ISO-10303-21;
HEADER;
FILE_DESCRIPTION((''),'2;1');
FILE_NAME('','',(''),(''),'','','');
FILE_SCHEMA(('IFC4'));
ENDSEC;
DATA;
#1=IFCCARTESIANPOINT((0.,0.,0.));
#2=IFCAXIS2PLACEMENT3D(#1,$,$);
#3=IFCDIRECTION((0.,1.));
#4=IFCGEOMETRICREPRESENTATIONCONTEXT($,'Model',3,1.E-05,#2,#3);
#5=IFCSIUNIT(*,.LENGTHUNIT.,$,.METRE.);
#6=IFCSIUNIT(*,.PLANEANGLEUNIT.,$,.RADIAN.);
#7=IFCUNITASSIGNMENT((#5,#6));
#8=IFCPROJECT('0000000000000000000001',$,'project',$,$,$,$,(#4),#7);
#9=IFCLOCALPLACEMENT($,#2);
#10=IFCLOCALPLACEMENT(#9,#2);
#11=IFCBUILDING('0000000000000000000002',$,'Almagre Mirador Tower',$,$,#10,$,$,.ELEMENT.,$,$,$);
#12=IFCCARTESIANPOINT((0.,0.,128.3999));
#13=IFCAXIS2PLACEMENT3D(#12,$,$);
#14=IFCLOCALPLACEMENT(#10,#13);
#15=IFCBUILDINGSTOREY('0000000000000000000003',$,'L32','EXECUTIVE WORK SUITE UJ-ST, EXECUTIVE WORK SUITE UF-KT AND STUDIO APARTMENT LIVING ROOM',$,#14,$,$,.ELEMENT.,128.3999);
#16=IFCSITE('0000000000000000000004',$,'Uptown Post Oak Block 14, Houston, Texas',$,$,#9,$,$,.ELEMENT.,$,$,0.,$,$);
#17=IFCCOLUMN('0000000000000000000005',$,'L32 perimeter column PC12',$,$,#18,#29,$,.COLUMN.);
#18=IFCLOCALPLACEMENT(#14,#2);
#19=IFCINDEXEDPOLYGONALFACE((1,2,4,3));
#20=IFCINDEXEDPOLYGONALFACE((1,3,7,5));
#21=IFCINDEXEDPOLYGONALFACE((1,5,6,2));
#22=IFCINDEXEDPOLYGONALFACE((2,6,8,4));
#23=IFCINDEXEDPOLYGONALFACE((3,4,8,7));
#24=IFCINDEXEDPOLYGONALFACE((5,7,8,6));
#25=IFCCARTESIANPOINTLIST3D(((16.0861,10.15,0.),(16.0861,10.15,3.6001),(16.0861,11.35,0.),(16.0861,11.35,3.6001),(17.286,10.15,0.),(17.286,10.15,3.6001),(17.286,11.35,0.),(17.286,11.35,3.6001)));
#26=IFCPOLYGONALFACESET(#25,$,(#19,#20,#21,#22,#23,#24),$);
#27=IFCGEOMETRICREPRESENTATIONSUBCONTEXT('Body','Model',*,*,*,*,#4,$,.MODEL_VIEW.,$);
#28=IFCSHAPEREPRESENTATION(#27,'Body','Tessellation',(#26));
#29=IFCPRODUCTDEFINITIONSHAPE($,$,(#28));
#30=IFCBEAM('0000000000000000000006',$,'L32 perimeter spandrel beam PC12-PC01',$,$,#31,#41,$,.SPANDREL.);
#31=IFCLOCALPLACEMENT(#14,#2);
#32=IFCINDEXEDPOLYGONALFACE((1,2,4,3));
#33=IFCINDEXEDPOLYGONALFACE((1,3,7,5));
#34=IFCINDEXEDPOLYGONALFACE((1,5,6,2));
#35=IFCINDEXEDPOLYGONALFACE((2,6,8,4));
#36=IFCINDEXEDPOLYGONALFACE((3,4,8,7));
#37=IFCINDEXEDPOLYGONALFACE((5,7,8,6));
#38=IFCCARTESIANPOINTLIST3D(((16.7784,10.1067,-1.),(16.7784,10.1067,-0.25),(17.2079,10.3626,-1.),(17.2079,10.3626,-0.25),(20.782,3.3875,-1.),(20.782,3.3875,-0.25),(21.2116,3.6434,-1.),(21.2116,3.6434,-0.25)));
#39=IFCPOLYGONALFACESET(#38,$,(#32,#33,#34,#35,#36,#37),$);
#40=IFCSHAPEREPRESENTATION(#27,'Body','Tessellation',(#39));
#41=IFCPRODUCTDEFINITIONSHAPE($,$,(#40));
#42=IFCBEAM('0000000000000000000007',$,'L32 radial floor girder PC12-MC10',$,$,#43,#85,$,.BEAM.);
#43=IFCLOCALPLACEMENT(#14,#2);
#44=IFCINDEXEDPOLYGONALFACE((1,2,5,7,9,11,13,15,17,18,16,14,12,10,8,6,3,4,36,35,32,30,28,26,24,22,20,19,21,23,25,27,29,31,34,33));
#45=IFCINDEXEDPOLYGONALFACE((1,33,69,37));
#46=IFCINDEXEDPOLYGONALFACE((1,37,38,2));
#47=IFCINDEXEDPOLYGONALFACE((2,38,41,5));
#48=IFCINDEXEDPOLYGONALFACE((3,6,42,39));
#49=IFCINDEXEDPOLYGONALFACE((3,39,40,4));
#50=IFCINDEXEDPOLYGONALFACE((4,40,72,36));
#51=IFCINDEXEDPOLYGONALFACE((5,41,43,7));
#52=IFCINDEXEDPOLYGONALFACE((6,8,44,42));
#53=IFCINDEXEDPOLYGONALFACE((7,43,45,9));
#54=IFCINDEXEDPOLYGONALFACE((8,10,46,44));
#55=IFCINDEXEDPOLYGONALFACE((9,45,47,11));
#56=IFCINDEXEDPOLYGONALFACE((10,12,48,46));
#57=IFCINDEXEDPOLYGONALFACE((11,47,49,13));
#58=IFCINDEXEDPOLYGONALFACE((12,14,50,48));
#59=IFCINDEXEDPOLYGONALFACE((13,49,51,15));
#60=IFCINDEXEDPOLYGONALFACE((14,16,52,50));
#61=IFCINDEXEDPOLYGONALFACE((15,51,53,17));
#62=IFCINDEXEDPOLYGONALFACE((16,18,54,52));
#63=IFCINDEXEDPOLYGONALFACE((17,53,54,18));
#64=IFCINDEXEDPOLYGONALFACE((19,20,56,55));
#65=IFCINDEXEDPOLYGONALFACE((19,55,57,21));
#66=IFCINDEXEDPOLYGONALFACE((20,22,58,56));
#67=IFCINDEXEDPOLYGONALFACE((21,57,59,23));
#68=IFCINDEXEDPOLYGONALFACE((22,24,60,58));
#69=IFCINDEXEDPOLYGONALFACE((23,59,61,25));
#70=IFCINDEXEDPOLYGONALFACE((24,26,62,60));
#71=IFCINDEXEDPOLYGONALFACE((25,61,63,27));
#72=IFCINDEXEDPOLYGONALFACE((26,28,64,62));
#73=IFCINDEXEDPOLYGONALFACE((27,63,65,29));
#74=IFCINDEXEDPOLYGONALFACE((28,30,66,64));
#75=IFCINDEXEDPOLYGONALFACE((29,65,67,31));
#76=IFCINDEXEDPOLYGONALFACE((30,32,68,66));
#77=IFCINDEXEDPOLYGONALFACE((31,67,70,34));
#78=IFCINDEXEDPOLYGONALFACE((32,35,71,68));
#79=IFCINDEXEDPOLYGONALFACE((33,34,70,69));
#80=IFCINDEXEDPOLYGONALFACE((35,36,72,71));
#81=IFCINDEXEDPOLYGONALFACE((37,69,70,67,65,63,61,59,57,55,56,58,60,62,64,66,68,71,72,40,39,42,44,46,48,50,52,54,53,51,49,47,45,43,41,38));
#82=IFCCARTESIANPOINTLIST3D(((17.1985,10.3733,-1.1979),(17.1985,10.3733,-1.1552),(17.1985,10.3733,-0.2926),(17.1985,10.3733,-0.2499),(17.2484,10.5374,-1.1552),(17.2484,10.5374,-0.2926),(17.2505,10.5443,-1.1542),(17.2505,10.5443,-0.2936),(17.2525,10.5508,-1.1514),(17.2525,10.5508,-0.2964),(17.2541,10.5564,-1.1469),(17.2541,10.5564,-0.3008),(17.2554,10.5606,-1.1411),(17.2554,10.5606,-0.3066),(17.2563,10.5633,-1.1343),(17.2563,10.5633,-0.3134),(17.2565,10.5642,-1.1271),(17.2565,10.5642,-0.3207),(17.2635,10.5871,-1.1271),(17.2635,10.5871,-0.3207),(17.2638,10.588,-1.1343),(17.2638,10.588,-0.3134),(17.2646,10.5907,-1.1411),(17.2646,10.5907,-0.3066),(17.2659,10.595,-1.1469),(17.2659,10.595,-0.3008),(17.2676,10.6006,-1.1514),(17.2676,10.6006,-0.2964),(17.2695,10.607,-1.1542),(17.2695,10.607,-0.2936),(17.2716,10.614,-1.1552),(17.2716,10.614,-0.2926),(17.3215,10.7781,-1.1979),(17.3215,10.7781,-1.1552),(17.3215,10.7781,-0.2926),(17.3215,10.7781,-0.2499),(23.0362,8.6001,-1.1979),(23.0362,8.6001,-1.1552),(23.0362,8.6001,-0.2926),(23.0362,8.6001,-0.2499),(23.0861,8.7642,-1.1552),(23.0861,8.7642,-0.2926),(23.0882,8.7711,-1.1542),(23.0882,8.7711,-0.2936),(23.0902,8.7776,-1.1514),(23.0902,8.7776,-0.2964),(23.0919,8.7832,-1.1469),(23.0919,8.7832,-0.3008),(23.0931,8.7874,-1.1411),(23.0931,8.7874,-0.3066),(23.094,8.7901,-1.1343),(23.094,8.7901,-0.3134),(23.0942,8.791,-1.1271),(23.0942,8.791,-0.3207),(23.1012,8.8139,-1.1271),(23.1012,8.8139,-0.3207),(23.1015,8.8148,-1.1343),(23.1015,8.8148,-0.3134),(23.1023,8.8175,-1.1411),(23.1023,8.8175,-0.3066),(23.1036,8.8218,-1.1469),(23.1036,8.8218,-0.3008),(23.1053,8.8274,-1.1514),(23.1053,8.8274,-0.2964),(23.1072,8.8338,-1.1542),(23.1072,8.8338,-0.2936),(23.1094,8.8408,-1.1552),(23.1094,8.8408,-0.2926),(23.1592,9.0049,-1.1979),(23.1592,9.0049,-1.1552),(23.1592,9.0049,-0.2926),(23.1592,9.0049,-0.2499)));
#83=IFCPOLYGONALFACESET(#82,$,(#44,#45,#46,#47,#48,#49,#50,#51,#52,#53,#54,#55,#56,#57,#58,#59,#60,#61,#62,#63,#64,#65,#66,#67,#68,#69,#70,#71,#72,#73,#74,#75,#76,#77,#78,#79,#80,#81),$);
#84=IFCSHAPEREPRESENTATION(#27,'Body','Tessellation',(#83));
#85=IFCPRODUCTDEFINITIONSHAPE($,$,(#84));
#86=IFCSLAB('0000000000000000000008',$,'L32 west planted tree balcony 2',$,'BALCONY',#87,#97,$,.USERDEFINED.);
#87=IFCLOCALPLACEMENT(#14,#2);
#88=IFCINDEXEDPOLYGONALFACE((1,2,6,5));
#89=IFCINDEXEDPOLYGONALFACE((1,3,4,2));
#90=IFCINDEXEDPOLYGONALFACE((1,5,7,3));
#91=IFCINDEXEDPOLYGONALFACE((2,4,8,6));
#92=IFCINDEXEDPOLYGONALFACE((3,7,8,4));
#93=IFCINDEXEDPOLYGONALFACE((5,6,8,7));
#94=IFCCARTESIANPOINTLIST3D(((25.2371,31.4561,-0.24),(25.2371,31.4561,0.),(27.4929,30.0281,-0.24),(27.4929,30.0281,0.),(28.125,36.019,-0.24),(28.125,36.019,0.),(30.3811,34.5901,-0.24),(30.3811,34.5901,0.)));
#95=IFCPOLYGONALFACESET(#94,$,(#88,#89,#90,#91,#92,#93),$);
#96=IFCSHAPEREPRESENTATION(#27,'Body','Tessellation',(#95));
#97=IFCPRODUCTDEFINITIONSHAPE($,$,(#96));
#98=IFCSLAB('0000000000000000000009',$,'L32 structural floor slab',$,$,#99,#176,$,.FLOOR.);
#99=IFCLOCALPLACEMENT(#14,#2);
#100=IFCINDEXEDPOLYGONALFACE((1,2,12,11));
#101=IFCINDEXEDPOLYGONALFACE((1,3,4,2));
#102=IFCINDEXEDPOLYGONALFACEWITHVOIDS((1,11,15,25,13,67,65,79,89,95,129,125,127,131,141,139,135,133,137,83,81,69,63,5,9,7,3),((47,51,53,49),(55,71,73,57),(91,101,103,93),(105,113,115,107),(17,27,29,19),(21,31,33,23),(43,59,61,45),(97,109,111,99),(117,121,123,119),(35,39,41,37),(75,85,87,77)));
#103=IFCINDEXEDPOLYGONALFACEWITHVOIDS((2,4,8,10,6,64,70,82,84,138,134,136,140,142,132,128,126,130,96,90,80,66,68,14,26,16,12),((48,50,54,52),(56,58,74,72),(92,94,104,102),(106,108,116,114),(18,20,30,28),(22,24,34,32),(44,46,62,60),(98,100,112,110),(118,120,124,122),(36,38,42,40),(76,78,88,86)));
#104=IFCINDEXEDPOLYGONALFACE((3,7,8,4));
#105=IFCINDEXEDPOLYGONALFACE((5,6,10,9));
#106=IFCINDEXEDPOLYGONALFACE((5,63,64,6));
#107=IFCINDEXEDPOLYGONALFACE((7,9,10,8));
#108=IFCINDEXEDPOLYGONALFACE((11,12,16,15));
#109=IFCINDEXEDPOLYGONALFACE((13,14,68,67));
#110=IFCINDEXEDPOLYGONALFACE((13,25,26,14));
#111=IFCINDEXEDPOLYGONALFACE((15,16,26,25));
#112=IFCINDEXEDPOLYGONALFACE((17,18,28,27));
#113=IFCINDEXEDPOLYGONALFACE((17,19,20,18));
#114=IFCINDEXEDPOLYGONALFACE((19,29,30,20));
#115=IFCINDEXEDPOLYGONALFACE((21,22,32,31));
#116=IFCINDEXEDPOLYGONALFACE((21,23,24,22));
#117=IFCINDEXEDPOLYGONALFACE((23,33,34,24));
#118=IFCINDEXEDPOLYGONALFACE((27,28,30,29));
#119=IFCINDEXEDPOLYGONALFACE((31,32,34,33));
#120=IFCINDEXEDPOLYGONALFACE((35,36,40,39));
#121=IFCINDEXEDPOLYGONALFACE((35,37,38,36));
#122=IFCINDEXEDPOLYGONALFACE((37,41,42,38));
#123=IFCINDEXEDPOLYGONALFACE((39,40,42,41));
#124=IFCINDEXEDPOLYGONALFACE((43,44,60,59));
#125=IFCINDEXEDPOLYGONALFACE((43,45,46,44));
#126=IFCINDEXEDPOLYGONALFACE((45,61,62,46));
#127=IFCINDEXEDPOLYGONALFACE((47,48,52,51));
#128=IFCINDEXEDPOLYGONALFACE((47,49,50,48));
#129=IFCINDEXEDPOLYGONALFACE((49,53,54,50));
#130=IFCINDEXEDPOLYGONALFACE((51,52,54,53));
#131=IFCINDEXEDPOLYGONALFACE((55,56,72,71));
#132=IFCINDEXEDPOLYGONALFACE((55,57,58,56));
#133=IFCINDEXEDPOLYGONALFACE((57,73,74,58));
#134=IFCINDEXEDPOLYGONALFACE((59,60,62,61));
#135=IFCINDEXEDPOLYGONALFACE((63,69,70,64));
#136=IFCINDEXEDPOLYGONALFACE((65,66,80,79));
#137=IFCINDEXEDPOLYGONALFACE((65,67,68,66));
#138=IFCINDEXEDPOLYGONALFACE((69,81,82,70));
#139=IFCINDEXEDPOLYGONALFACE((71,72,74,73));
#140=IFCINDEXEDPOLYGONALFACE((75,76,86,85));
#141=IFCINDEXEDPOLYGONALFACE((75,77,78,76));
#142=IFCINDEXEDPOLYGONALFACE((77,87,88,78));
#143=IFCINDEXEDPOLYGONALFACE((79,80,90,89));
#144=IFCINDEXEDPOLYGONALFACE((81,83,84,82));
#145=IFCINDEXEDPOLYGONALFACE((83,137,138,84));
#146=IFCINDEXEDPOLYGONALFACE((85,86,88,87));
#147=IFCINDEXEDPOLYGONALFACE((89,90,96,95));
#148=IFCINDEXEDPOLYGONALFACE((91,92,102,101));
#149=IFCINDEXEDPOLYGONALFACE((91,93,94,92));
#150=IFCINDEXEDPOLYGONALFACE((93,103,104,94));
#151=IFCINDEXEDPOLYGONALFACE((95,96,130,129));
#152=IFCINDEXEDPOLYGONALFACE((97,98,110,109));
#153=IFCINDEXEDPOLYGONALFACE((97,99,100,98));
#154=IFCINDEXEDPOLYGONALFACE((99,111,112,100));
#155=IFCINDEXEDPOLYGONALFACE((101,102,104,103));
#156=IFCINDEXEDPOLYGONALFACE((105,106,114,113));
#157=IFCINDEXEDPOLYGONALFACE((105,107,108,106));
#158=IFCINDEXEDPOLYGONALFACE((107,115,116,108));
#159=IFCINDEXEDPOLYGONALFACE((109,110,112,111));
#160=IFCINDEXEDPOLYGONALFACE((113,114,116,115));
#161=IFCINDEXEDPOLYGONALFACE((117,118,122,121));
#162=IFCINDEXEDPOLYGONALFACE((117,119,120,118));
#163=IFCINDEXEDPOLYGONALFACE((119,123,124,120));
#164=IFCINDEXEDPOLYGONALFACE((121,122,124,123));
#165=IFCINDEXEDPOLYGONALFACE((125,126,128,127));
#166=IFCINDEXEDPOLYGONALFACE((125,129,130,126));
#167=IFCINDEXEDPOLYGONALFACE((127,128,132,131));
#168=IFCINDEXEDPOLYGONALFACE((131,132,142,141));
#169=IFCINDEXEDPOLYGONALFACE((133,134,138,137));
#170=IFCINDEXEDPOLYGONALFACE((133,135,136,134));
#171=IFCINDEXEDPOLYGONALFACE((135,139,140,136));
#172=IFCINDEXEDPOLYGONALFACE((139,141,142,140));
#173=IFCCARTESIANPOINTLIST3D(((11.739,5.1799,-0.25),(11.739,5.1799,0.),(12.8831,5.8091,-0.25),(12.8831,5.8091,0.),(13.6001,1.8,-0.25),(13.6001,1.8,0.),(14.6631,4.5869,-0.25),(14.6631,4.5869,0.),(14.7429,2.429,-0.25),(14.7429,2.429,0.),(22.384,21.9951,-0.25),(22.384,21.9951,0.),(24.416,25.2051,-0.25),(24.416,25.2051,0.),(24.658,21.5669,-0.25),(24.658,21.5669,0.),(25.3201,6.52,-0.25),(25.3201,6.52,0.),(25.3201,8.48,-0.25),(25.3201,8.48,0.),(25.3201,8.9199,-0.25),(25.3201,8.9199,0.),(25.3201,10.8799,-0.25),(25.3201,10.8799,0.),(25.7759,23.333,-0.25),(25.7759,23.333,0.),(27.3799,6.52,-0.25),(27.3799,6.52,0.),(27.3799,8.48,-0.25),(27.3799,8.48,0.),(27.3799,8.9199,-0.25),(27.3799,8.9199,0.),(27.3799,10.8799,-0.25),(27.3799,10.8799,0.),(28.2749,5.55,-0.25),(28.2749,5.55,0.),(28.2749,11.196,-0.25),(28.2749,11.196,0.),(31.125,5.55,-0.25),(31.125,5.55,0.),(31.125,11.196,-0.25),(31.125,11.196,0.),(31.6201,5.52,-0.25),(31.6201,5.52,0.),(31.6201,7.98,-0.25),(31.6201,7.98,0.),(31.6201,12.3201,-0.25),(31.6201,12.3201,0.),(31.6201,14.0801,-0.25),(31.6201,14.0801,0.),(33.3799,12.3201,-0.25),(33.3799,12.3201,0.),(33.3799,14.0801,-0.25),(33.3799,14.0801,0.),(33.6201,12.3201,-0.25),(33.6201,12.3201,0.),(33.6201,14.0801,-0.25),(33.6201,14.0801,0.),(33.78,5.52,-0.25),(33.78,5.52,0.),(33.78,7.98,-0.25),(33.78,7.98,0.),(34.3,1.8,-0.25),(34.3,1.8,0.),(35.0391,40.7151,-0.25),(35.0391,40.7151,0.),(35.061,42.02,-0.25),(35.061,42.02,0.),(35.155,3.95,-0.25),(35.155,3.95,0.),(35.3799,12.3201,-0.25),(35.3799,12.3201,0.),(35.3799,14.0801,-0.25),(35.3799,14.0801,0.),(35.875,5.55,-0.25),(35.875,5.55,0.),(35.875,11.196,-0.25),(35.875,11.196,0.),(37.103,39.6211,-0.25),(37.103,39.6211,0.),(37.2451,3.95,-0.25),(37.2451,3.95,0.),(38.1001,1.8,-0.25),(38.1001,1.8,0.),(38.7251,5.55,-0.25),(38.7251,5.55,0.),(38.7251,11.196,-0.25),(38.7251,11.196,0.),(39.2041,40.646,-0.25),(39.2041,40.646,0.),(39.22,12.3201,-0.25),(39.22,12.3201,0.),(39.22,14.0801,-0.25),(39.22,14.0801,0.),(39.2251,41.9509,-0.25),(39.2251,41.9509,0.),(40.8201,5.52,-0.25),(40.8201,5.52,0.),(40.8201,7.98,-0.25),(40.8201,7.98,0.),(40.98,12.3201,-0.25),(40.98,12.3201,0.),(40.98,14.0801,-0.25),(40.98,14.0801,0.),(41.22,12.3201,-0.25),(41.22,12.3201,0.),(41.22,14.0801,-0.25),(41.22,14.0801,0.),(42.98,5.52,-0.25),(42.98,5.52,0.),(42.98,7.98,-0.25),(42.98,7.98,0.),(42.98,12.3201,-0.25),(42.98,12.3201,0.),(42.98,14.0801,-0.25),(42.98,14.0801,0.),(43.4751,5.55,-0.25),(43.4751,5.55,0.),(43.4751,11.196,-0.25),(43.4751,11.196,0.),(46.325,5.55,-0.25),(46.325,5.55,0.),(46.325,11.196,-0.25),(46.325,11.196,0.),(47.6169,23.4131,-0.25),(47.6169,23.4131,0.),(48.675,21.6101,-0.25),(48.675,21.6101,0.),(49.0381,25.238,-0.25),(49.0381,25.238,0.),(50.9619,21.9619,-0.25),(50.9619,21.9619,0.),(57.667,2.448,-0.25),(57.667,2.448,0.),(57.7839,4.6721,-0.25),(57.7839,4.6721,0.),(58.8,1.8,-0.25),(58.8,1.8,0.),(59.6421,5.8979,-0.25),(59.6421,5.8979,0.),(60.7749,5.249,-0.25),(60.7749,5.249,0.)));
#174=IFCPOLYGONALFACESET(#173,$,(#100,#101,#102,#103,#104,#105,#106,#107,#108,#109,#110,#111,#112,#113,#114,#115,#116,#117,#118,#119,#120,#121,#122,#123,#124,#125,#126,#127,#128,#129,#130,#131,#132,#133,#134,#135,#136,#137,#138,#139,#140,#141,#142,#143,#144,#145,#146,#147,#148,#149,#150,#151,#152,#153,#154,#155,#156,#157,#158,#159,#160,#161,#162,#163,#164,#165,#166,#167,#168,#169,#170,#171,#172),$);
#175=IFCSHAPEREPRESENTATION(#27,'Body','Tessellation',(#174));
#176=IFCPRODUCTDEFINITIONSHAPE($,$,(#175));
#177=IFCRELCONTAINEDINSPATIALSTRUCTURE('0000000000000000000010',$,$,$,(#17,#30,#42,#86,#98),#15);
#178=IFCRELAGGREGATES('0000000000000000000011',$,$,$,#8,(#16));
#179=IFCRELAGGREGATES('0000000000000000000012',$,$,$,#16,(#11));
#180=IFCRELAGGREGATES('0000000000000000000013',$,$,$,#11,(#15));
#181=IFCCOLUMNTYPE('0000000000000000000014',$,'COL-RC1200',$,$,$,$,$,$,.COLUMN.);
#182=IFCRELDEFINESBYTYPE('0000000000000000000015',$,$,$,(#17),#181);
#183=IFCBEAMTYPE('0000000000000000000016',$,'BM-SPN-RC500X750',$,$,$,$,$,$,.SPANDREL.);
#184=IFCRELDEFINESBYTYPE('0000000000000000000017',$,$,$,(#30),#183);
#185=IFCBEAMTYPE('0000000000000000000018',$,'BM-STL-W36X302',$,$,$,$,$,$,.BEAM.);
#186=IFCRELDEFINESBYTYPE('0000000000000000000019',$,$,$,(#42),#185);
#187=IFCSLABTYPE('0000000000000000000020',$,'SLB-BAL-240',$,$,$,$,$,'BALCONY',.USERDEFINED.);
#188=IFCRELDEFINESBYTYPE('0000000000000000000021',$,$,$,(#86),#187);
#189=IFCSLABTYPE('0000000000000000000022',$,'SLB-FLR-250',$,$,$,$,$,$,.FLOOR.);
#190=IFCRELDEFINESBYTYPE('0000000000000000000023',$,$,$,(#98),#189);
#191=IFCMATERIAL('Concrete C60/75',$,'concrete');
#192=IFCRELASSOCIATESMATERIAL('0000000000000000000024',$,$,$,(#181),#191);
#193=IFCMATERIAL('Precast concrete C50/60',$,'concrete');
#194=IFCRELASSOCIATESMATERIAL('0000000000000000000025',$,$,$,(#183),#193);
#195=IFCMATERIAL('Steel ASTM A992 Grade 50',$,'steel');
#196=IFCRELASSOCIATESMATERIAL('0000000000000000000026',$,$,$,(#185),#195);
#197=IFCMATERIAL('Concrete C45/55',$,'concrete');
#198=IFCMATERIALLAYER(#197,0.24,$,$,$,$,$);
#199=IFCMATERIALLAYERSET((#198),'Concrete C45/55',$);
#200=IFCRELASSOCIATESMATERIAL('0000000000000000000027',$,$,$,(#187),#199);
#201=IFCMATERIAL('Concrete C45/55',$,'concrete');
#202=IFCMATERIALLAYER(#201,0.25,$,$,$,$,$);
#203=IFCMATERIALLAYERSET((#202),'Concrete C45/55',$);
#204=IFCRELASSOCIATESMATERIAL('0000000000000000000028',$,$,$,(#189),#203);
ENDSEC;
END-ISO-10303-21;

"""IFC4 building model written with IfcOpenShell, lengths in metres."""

from ifc_helpers import new_model, si_unit, direction, frame, origin, origin_2d, place, context, subcontext, project, spatial, polyline, rectangle, i_section, outline, extrude, material, layer, layer_set, material_profile, profile_set, type_object, element, save


model = new_model("IFC4")

# Units and contexts
model_context = context("Model", 3, precision=1e-05, world=origin(), true_north=direction((0.0, 1.0)))
body_context = subcontext(model_context, "Body", "Model", "MODEL_VIEW")
ifc_project = project(units=[si_unit("LENGTHUNIT", "METRE"), si_unit("PLANEANGLEUNIT", "RADIAN")], contexts=[model_context])

# Site, building, storey
site_placement = place(None, origin())
site = spatial("IfcSite", under=ifc_project, at=site_placement, Name="Uptown Post Oak Block 14, Houston, Texas", CompositionType="ELEMENT", RefElevation=0.0)
building_placement = place(site_placement, origin())
building = spatial("IfcBuilding", under=site, at=building_placement, Name="Almagre Mirador Tower", CompositionType="ELEMENT")
storey_placement = place(building_placement, frame((0.0, 0.0, 128.3999)))
storey = spatial("IfcBuildingStorey", under=building, at=storey_placement, Name="L32", Description="EXECUTIVE WORK SUITE UJ-ST, EXECUTIVE WORK SUITE UF-KT AND STUDIO APARTMENT LIVING ROOM", CompositionType="ELEMENT", Elevation=128.3999)

# Column
ifc_material_1 = material(Name="Concrete C60/75", Category="concrete")
ifc_material_profile_1 = material_profile(ifc_material_1, rectangle(XDim=1.2, YDim=1.2, at=origin_2d()), Name="RC1200X1200")
ifc_profile_set_1 = profile_set([ifc_material_profile_1], Name="Concrete C60/75")
column_type = type_object("IfcColumnType", Name="COL-RC1200", PredefinedType="COLUMN", material=ifc_profile_set_1)
column_placement = place(storey_placement, frame((16.686, 10.75, 0.0), z_axis=(0.0, 0.0, 1.0), x_axis=(1.0, 0.0, 0.0)))
element("IfcColumn", 1, at=column_placement, inside=storey, type_object=column_type, Name="L32 perimeter column PC12", PredefinedType="COLUMN", context=body_context, shape_type="SweptSolid", body=[
    extrude(rectangle(XDim=1.2, YDim=1.2, at=origin_2d()), origin(), (0.0, 0.0, 1.0), 3.6001),
])

# Beams
ifc_material_2 = material(Name="Precast concrete C50/60", Category="concrete")
ifc_material_profile_2 = material_profile(ifc_material_2, rectangle(XDim=0.5, YDim=0.75, at=origin_2d()), Name="RC500X750")
ifc_profile_set_2 = profile_set([ifc_material_profile_2], Name="Precast concrete C50/60")
beam_type_1 = type_object("IfcBeamType", Name="BM-SPN-RC500X750", PredefinedType="SPANDREL", material=ifc_profile_set_2)
beam_1_placement = place(storey_placement, frame((16.9932, 10.2346, -0.625), z_axis=(0.511872, -0.859062, 0.0), x_axis=(0.859062, 0.511872, 0.0)))
element("IfcBeam", 2, at=beam_1_placement, inside=storey, type_object=beam_type_1, Name="L32 perimeter spandrel beam PC12-PC01", PredefinedType="SPANDREL", context=body_context, shape_type="SweptSolid", body=[
    extrude(rectangle(XDim=0.5, YDim=0.75, at=origin_2d()), origin(), (0.0, 0.0, 1.0), 7.8215),
])
ifc_material_3 = material(Name="Steel ASTM A992 Grade 50", Category="steel")
ifc_material_profile_3 = material_profile(ifc_material_3, i_section(OverallWidth=0.4231, OverallDepth=0.948, WebThickness=0.0239, FlangeThickness=0.0427, FilletRadius=0.0281, at=origin_2d()), Name="W36X302")
ifc_profile_set_3 = profile_set([ifc_material_profile_3], Name="Steel ASTM A992 Grade 50")
beam_type_2 = type_object("IfcBeamType", Name="BM-STL-W36X302", PredefinedType="BEAM", material=ifc_profile_set_3)
beam_2_placement = place(storey_placement, frame((17.26, 10.5757, -0.7239), z_axis=(0.956833, -0.290639, 0.0), x_axis=(0.290639, 0.956833, 0.0)))
element("IfcBeam", 3, at=beam_2_placement, inside=storey, type_object=beam_type_2, Name="L32 radial floor girder PC12-MC10", PredefinedType="BEAM", context=body_context, shape_type="SweptSolid", body=[
    extrude(i_section(OverallWidth=0.4231, OverallDepth=0.948, WebThickness=0.0239, FlangeThickness=0.0427, FilletRadius=0.0281, at=origin_2d()), origin(), (0.0, 0.0, 1.0), 6.1011),
])

# Slabs
ifc_material_4 = material(Name="Concrete C45/55", Category="concrete")
ifc_layer_1 = layer(ifc_material_4, 0.24)
ifc_layer_set_1 = layer_set([ifc_layer_1], Name="Concrete C45/55")
slab_type_1 = type_object("IfcSlabType", Name="SLB-BAL-240", ElementType="BALCONY", PredefinedType="USERDEFINED", material=ifc_layer_set_1)
slab_1_placement = place(storey_placement, frame((0.0, 0.0, -0.24)))
element("IfcSlab", 4, at=slab_1_placement, inside=storey, type_object=slab_type_1, Name="L32 west planted tree balcony 2", ObjectType="BALCONY", PredefinedType="USERDEFINED", context=body_context, shape_type="SweptSolid", body=[
    extrude(outline(polyline([(30.3811, 34.5901), (27.4929, 30.0281), (25.2371, 31.4561), (28.125, 36.019), (30.3811, 34.5901)])), origin(), (0.0, 0.0, 1.0), 0.24),
])
ifc_material_5 = material(Name="Concrete C45/55", Category="concrete")
ifc_layer_2 = layer(ifc_material_5, 0.25)
ifc_layer_set_2 = layer_set([ifc_layer_2], Name="Concrete C45/55")
slab_type_2 = type_object("IfcSlabType", Name="SLB-FLR-250", PredefinedType="FLOOR", material=ifc_layer_set_2)
slab_2_placement = place(storey_placement, frame((0.0, 0.0, -0.25)))
element("IfcSlab", 5, at=slab_2_placement, inside=storey, type_object=slab_type_2, Name="L32 structural floor slab", PredefinedType="FLOOR", context=body_context, shape_type="SweptSolid", body=[
    extrude(outline(polyline([(11.739, 5.1799), (12.8831, 5.8091), (14.6631, 4.5869), (14.7429, 2.429), (13.6001, 1.8), (34.3, 1.8), (35.155, 3.95), (37.2451, 3.95), (38.1001, 1.8), (58.8, 1.8), (57.667, 2.448), (57.7839, 4.6721), (59.6421, 5.8979), (60.7749, 5.249), (50.9619, 21.9619), (48.675, 21.6101), (47.6169, 23.4131), (49.0381, 25.238), (39.2251, 41.9509), (39.2041, 40.646), (37.103, 39.6211), (35.0391, 40.7151), (35.061, 42.02), (24.416, 25.2051), (25.7759, 23.333), (24.658, 21.5669), (22.384, 21.9951), (11.739, 5.1799)]), holes=[polyline([(43.4751, 5.55), (43.4751, 11.196), (46.325, 11.196), (46.325, 5.55), (43.4751, 5.55)]), polyline([(40.8201, 5.52), (40.8201, 7.98), (42.98, 7.98), (42.98, 5.52), (40.8201, 5.52)]), polyline([(41.22, 12.3201), (41.22, 14.0801), (42.98, 14.0801), (42.98, 12.3201), (41.22, 12.3201)]), polyline([(39.22, 12.3201), (39.22, 14.0801), (40.98, 14.0801), (40.98, 12.3201), (39.22, 12.3201)]), polyline([(35.875, 11.196), (38.7251, 11.196), (38.7251, 5.55), (35.875, 5.55), (35.875, 11.196)]), polyline([(35.3799, 12.3201), (33.6201, 12.3201), (33.6201, 14.0801), (35.3799, 14.0801), (35.3799, 12.3201)]), polyline([(33.78, 5.52), (31.6201, 5.52), (31.6201, 7.98), (33.78, 7.98), (33.78, 5.52)]), polyline([(31.6201, 12.3201), (31.6201, 14.0801), (33.3799, 14.0801), (33.3799, 12.3201), (31.6201, 12.3201)]), polyline([(28.2749, 5.55), (28.2749, 11.196), (31.125, 11.196), (31.125, 5.55), (28.2749, 5.55)]), polyline([(25.3201, 8.9199), (25.3201, 10.8799), (27.3799, 10.8799), (27.3799, 8.9199), (25.3201, 8.9199)]), polyline([(27.3799, 6.52), (25.3201, 6.52), (25.3201, 8.48), (27.3799, 8.48), (27.3799, 6.52)])]), origin(), (0.0, 0.0, 1.0), 0.25),
])

save(model, "model.ifc")
